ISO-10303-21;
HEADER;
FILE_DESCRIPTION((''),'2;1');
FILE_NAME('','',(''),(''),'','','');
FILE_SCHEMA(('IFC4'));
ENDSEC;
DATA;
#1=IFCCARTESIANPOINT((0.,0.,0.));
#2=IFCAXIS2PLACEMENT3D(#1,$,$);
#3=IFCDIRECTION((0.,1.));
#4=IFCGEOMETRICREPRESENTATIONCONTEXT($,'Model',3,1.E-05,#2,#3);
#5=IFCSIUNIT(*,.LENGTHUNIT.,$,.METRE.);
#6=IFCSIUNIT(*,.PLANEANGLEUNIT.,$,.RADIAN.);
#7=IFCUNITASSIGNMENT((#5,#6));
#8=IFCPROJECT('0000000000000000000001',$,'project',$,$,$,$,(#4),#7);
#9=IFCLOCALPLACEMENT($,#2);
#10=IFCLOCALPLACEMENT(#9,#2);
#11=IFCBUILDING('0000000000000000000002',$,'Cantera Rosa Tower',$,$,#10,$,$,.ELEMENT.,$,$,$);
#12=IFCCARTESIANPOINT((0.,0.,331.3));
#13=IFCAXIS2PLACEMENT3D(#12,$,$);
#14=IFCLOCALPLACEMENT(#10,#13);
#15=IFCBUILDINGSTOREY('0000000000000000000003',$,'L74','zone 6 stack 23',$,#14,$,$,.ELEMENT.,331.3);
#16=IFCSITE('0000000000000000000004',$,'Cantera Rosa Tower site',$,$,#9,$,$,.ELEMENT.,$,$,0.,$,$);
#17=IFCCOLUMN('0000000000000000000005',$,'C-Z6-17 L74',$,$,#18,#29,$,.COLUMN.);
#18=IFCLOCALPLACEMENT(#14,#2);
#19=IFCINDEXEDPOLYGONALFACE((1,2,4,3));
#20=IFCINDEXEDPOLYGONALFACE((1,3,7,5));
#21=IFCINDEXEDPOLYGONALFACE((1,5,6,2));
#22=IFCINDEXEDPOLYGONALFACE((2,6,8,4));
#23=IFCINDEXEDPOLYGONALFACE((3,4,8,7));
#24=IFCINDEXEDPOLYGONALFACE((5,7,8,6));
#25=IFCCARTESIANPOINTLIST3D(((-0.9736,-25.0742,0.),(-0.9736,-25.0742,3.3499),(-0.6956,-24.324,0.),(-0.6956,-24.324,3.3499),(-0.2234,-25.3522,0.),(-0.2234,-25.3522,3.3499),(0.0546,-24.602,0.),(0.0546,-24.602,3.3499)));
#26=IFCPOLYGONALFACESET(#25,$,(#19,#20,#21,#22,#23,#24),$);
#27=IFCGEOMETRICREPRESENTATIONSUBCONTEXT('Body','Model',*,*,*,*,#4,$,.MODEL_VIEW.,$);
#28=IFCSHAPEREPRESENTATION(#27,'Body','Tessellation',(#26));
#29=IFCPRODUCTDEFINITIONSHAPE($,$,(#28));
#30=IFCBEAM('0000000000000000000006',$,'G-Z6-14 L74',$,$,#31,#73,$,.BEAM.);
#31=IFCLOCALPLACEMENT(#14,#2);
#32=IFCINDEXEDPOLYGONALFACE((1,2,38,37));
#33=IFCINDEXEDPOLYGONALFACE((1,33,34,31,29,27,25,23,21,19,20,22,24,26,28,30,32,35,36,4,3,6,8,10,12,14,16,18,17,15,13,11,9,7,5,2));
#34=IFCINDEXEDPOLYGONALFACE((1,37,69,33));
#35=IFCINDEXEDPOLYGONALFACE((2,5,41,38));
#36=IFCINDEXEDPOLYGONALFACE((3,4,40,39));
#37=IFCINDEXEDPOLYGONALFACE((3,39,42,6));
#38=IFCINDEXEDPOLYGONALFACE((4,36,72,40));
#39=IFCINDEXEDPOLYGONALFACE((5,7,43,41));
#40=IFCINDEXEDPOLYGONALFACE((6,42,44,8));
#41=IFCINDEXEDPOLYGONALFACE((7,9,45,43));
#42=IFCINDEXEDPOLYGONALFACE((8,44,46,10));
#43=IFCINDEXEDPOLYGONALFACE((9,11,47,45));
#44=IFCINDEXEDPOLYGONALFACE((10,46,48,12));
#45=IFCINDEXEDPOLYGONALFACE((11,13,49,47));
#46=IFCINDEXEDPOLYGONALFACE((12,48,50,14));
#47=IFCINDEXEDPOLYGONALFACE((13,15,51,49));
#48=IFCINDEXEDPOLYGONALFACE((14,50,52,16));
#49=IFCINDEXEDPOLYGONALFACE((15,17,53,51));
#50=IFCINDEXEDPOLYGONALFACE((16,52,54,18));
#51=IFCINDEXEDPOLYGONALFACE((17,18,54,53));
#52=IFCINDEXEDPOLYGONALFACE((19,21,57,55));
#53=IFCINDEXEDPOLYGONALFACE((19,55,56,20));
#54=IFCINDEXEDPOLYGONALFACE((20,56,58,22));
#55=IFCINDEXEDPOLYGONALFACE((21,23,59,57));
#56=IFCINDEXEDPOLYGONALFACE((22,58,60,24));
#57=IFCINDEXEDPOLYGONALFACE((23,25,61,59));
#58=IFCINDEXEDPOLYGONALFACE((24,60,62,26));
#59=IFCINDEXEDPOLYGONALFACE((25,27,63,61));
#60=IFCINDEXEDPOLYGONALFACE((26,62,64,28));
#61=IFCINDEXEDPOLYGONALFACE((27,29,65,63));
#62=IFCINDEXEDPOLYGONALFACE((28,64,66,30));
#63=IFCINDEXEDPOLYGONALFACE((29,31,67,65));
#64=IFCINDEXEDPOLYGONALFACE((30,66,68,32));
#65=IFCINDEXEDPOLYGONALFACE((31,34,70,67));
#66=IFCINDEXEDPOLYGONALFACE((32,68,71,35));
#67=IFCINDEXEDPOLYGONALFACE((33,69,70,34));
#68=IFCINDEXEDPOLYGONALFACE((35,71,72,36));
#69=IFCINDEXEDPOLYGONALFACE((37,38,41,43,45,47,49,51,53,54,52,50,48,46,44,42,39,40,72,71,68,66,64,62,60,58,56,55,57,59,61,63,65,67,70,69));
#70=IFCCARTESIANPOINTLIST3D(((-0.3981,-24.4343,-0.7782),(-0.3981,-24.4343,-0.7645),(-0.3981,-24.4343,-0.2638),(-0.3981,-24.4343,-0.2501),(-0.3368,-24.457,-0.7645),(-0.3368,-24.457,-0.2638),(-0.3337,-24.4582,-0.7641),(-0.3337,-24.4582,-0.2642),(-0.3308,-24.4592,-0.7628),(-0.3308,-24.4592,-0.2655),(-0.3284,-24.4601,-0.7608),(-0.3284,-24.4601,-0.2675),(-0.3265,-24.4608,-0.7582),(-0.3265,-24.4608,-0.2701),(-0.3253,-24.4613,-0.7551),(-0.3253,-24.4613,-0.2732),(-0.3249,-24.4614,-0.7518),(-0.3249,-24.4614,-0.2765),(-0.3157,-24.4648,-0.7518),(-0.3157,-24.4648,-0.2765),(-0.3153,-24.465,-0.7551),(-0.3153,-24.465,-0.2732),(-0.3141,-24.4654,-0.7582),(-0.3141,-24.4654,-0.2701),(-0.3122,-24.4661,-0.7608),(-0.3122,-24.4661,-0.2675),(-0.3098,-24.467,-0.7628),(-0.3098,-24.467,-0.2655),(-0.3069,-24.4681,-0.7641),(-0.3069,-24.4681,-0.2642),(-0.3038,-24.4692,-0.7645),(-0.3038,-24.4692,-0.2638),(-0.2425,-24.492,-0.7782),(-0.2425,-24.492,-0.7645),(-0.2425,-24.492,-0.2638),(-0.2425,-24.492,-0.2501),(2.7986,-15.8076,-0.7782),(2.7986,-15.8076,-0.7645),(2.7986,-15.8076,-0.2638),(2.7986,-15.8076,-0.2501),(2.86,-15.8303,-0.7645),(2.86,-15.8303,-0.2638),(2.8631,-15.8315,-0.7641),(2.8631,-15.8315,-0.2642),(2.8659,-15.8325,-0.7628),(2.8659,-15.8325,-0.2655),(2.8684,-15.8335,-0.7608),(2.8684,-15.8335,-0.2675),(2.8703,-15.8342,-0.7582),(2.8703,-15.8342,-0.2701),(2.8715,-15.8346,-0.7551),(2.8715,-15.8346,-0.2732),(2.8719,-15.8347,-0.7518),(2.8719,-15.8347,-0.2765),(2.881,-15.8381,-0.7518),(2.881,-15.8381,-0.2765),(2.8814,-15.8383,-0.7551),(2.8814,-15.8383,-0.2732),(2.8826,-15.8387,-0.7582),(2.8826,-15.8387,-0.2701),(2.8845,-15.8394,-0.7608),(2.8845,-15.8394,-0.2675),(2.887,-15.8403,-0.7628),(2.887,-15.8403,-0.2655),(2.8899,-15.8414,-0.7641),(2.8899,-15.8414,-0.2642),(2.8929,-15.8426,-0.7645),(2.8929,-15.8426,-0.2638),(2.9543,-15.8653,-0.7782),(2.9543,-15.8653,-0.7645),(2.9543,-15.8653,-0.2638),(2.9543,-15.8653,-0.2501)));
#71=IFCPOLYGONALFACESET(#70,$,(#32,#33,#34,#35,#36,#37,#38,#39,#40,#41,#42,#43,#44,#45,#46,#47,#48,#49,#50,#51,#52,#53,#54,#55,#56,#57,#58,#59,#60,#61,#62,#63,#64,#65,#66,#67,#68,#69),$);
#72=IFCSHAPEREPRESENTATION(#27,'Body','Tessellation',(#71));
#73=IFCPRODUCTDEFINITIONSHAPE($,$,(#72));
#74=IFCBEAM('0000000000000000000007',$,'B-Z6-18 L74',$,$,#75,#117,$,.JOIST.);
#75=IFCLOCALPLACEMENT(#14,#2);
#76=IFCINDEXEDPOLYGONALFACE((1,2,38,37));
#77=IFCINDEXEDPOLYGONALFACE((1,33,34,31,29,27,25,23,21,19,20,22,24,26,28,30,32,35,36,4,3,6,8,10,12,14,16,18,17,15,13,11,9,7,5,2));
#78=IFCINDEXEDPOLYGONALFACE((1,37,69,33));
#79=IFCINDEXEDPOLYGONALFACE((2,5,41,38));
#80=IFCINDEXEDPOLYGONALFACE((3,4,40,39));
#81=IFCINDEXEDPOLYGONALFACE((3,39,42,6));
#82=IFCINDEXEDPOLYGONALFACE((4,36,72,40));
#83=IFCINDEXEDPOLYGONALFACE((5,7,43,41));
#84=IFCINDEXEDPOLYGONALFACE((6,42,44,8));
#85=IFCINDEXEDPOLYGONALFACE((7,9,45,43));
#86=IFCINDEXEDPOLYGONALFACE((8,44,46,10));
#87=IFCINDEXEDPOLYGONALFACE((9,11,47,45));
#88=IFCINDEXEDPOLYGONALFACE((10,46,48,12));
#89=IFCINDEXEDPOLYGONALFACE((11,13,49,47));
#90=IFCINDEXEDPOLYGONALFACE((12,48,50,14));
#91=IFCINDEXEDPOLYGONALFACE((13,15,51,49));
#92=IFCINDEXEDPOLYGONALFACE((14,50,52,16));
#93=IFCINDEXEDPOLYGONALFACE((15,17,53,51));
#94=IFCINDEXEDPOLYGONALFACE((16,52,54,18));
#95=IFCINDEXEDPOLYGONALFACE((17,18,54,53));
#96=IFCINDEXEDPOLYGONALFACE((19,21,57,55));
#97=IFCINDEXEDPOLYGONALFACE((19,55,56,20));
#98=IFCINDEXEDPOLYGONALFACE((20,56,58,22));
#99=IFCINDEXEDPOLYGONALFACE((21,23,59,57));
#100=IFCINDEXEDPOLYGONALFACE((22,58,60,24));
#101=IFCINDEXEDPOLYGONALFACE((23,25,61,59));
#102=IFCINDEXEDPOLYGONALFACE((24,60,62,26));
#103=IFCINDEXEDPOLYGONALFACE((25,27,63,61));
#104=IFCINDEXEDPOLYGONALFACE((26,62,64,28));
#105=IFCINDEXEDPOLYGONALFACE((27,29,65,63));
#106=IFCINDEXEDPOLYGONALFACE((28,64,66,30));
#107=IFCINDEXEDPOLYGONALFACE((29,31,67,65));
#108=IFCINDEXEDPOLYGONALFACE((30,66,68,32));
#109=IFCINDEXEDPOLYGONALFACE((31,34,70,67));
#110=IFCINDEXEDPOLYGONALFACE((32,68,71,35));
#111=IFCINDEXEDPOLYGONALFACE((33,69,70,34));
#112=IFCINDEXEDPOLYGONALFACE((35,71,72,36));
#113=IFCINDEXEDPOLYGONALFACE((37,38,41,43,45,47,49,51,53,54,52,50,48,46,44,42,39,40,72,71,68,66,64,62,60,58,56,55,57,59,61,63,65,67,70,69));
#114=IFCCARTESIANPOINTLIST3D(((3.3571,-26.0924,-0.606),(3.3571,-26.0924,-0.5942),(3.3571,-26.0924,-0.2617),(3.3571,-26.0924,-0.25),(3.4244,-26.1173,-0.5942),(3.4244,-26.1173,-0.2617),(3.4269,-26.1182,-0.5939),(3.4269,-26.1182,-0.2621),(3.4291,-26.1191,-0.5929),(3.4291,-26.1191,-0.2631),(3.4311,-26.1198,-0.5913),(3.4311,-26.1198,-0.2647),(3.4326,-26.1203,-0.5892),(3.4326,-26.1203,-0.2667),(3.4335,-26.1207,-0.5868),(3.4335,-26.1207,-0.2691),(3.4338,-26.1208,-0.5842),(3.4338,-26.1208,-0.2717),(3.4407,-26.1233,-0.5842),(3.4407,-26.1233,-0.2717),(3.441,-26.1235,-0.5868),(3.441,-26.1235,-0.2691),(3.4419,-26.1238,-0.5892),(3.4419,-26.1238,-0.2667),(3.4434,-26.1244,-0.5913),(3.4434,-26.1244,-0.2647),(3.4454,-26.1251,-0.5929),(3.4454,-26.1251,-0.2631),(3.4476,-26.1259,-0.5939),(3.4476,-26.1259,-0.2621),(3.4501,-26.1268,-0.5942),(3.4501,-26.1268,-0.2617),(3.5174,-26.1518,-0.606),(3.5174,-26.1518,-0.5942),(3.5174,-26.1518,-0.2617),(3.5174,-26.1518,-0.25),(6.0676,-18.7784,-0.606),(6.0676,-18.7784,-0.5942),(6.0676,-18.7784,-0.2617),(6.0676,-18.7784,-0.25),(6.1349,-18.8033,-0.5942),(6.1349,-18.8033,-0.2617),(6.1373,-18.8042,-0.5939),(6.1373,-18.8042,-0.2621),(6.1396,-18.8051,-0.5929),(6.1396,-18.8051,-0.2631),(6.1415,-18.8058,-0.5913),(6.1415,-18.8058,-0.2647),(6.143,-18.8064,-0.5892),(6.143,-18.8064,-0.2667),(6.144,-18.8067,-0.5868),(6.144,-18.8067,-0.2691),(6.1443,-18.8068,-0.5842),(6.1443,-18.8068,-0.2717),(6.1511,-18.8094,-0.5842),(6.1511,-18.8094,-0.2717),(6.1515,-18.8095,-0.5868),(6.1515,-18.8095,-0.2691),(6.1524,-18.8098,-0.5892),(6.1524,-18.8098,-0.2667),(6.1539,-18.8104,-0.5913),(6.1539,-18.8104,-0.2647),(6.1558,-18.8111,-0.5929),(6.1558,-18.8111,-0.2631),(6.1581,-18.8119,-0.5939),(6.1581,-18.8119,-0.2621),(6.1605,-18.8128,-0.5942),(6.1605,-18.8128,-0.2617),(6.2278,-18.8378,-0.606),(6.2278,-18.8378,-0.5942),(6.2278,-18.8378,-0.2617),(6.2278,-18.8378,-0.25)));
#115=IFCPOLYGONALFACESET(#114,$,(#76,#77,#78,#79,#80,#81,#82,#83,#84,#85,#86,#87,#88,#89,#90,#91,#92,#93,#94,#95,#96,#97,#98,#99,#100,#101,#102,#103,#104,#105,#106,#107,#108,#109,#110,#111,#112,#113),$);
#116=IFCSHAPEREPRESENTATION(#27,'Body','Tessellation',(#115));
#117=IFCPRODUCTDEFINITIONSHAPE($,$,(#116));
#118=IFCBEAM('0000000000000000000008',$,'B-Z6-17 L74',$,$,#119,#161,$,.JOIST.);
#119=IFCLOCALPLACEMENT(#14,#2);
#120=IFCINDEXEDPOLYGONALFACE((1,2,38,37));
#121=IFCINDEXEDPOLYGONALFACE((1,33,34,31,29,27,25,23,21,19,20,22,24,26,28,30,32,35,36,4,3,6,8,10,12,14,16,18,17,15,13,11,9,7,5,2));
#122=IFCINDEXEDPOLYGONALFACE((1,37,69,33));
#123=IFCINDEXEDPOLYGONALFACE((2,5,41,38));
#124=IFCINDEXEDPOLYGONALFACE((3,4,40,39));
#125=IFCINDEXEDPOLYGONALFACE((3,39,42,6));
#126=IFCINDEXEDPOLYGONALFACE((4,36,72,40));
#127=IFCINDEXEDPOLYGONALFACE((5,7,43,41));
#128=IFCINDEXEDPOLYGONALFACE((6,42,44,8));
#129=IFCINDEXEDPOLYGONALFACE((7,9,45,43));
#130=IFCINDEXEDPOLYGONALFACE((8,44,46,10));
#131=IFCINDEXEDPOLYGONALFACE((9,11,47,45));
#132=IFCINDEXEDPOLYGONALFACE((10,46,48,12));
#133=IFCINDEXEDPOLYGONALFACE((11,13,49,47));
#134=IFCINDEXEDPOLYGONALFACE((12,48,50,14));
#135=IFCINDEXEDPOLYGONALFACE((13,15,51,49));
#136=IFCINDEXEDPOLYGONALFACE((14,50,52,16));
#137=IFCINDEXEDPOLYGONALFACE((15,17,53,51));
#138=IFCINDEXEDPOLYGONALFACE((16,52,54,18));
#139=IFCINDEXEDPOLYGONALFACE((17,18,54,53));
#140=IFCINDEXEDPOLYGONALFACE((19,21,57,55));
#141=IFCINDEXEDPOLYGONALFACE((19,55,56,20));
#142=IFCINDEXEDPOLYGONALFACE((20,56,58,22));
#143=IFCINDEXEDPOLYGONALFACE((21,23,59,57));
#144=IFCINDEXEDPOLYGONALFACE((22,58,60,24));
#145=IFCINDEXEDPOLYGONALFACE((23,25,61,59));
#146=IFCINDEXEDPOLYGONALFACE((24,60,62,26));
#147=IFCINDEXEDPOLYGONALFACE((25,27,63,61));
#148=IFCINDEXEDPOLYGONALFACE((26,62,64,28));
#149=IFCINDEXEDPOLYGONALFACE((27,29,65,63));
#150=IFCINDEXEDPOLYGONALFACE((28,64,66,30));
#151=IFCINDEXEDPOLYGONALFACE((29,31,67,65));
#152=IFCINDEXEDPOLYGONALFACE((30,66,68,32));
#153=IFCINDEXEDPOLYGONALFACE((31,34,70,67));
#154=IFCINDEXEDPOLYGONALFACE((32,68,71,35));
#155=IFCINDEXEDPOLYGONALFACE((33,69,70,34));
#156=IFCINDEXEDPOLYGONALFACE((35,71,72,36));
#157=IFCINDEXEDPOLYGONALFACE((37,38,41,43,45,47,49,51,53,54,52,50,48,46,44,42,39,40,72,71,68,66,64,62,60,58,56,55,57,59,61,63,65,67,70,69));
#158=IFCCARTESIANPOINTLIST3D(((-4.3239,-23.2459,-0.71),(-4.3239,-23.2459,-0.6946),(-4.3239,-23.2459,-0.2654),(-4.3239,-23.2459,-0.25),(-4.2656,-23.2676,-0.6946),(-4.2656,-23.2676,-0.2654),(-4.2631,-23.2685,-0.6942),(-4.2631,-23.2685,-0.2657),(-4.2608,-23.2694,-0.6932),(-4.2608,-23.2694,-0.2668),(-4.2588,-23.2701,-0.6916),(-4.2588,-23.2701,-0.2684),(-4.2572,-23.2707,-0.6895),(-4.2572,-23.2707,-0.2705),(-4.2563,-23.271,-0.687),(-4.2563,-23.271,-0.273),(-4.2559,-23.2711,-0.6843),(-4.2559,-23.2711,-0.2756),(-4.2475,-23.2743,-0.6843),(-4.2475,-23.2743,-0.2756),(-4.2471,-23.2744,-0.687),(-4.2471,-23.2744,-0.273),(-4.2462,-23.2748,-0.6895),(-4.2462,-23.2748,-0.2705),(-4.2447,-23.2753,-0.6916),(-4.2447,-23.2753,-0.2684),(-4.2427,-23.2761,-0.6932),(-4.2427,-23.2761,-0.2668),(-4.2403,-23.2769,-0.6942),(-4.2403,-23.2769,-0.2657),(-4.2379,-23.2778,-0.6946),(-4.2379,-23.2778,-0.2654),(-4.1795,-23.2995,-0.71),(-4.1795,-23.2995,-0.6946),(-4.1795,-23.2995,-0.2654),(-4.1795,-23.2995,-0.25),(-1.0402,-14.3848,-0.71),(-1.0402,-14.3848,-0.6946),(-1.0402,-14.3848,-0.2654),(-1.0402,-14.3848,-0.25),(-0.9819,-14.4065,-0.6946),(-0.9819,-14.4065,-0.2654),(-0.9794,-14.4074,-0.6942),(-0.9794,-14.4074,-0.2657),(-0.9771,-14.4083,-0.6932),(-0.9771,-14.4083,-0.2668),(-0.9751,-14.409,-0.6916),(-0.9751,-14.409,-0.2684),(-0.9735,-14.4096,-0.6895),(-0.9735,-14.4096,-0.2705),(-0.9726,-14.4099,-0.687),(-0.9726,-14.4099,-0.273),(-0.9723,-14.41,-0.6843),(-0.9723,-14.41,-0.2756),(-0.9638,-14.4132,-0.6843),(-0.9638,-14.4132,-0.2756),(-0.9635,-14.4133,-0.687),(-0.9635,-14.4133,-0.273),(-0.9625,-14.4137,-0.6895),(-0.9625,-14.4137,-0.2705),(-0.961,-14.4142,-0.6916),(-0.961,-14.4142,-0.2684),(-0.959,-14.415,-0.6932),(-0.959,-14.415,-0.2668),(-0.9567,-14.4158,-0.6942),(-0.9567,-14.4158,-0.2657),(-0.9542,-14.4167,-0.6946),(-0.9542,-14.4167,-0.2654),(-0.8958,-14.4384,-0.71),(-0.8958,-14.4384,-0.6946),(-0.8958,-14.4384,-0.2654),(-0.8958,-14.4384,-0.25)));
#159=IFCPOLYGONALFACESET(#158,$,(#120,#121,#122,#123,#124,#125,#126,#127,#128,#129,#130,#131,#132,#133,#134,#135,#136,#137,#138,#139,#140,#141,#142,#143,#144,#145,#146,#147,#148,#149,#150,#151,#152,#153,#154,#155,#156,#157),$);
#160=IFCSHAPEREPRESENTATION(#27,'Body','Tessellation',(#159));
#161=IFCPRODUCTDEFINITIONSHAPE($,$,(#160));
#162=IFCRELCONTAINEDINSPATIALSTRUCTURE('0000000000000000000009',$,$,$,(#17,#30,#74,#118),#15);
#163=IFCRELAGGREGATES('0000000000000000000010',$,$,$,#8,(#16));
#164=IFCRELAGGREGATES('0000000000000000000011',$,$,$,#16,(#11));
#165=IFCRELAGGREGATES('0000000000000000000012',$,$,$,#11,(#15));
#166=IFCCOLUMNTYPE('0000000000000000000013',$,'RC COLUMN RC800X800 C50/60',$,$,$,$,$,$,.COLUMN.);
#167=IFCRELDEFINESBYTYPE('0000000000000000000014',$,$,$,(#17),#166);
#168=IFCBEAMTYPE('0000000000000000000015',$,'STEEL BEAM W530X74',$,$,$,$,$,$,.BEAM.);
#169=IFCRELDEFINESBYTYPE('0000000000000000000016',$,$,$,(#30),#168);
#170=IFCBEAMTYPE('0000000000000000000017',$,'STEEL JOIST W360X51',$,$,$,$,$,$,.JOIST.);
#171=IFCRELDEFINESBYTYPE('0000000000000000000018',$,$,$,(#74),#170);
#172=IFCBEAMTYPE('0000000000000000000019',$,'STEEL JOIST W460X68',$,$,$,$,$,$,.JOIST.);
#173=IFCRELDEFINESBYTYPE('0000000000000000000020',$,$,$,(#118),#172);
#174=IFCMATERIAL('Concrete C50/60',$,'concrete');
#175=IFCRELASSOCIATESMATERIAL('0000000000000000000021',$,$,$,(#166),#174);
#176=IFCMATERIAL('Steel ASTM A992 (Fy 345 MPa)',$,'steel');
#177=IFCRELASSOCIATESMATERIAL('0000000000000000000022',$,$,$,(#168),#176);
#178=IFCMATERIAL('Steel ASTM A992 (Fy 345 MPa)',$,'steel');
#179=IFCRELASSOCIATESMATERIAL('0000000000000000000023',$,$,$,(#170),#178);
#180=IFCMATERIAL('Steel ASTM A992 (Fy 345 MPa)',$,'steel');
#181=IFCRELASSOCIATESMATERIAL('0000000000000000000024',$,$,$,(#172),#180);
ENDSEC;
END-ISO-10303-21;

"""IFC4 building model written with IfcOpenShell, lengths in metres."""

from ifc_helpers import new_model, si_unit, direction, frame, origin, origin_2d, place, context, subcontext, project, spatial, rectangle, i_section, extrude, material, material_profile, profile_set, type_object, element, save


model = new_model("IFC4")

# Units and contexts
model_context = context("Model", 3, precision=1e-05, world=origin(), true_north=direction((0.0, 1.0)))
body_context = subcontext(model_context, "Body", "Model", "MODEL_VIEW")
ifc_project = project(units=[si_unit("LENGTHUNIT", "METRE"), si_unit("PLANEANGLEUNIT", "RADIAN")], contexts=[model_context])

# Site, building, storey
site_placement = place(None, origin())
site = spatial("IfcSite", under=ifc_project, at=site_placement, Name="Cantera Rosa Tower site", CompositionType="ELEMENT", RefElevation=0.0)
building_placement = place(site_placement, origin())
building = spatial("IfcBuilding", under=site, at=building_placement, Name="Cantera Rosa Tower", CompositionType="ELEMENT")
storey_placement = place(building_placement, frame((0.0, 0.0, 331.3)))
storey = spatial("IfcBuildingStorey", under=building, at=storey_placement, Name="L74", Description="zone 6 stack 23", CompositionType="ELEMENT", Elevation=331.3)

# Column
ifc_material_1 = material(Name="Concrete C50/60", Category="concrete")
ifc_material_profile_1 = material_profile(ifc_material_1, rectangle(XDim=0.8, YDim=0.8, at=origin_2d()), Name="RC COLUMN RC800X800 C50/60")
ifc_profile_set_1 = profile_set([ifc_material_profile_1], Name="Concrete C50/60")
column_type = type_object("IfcColumnType", Name="RC COLUMN RC800X800 C50/60", PredefinedType="COLUMN", material=ifc_profile_set_1)
column_placement = place(storey_placement, frame((-0.4595, -24.8381, 0.0), z_axis=(0.0, 0.0, 1.0), x_axis=(0.347481, 0.937687, 0.0)))
element("IfcColumn", 1, at=column_placement, inside=storey, type_object=column_type, Name="C-Z6-17 L74", PredefinedType="COLUMN", context=body_context, shape_type="SweptSolid", body=[
    extrude(rectangle(XDim=0.8, YDim=0.8, at=origin_2d()), origin(), (0.0, 0.0, 1.0), 3.3499),
])

# Beams
ifc_material_2 = material(Name="Steel ASTM A992 (Fy 345 MPa)", Category="steel")
ifc_material_profile_2 = material_profile(ifc_material_2, i_section(OverallWidth=0.166, OverallDepth=0.5281, WebThickness=0.0098, FlangeThickness=0.0137, FilletRadius=0.0127, at=origin_2d()), Name="W530X74")
ifc_profile_set_2 = profile_set([ifc_material_profile_2], Name="Steel ASTM A992 (Fy 345 MPa)")
beam_type_1 = type_object("IfcBeamType", Name="STEEL BEAM W530X74", PredefinedType="BEAM", material=ifc_profile_set_2)
beam_1_placement = place(storey_placement, frame((-0.3203, -24.4631, -0.5142), z_axis=(0.347477, 0.937689, 0.0), x_axis=(-0.937689, 0.347477, 0.0)))
element("IfcBeam", 2, at=beam_1_placement, inside=storey, type_object=beam_type_1, Name="G-Z6-14 L74", PredefinedType="BEAM", context=body_context, shape_type="SweptSolid", body=[
    extrude(i_section(OverallWidth=0.166, OverallDepth=0.5281, WebThickness=0.0098, FlangeThickness=0.0137, FilletRadius=0.0127, at=origin_2d()), origin(), (0.0, 0.0, 1.0), 9.2),
])
ifc_material_3 = material(Name="Steel ASTM A992 (Fy 345 MPa)", Category="steel")
ifc_material_profile_3 = material_profile(ifc_material_3, i_section(OverallWidth=0.1709, OverallDepth=0.356, WebThickness=0.0073, FlangeThickness=0.0117, FilletRadius=0.01, at=origin_2d()), Name="W360X51")
ifc_profile_set_3 = profile_set([ifc_material_profile_3], Name="Steel ASTM A992 (Fy 345 MPa)")
beam_type_2 = type_object("IfcBeamType", Name="STEEL JOIST W360X51", PredefinedType="JOIST", material=ifc_profile_set_3)
beam_2_placement = place(storey_placement, frame((3.4373, -26.1221, -0.428), z_axis=(0.347492, 0.937683, 0.0), x_axis=(-0.937683, 0.347492, 0.0)))
element("IfcBeam", 3, at=beam_2_placement, inside=storey, type_object=beam_type_2, Name="B-Z6-18 L74", PredefinedType="JOIST", context=body_context, shape_type="SweptSolid", body=[
    extrude(i_section(OverallWidth=0.1709, OverallDepth=0.356, WebThickness=0.0073, FlangeThickness=0.0117, FilletRadius=0.01, at=origin_2d()), origin(), (0.0, 0.0, 1.0), 7.8),
])
ifc_material_4 = material(Name="Steel ASTM A992 (Fy 345 MPa)", Category="steel")
ifc_material_profile_4 = material_profile(ifc_material_4, i_section(OverallWidth=0.1541, OverallDepth=0.46, WebThickness=0.009, FlangeThickness=0.0154, FilletRadius=0.0103, at=origin_2d()), Name="W460X68")
ifc_profile_set_4 = profile_set([ifc_material_profile_4], Name="Steel ASTM A992 (Fy 345 MPa)")
beam_type_3 = type_object("IfcBeamType", Name="STEEL JOIST W460X68", PredefinedType="JOIST", material=ifc_profile_set_4)
beam_3_placement = place(storey_placement, frame((-4.2517, -23.2727, -0.48), z_axis=(0.347483, 0.937686, 0.0), x_axis=(-0.937686, 0.347483, 0.0)))
element("IfcBeam", 4, at=beam_3_placement, inside=storey, type_object=beam_type_3, Name="B-Z6-17 L74", PredefinedType="JOIST", context=body_context, shape_type="SweptSolid", body=[
    extrude(i_section(OverallWidth=0.1541, OverallDepth=0.46, WebThickness=0.009, FlangeThickness=0.0154, FilletRadius=0.0103, at=origin_2d()), origin(), (0.0, 0.0, 1.0), 9.45),
])

save(model, "model.ifc")
